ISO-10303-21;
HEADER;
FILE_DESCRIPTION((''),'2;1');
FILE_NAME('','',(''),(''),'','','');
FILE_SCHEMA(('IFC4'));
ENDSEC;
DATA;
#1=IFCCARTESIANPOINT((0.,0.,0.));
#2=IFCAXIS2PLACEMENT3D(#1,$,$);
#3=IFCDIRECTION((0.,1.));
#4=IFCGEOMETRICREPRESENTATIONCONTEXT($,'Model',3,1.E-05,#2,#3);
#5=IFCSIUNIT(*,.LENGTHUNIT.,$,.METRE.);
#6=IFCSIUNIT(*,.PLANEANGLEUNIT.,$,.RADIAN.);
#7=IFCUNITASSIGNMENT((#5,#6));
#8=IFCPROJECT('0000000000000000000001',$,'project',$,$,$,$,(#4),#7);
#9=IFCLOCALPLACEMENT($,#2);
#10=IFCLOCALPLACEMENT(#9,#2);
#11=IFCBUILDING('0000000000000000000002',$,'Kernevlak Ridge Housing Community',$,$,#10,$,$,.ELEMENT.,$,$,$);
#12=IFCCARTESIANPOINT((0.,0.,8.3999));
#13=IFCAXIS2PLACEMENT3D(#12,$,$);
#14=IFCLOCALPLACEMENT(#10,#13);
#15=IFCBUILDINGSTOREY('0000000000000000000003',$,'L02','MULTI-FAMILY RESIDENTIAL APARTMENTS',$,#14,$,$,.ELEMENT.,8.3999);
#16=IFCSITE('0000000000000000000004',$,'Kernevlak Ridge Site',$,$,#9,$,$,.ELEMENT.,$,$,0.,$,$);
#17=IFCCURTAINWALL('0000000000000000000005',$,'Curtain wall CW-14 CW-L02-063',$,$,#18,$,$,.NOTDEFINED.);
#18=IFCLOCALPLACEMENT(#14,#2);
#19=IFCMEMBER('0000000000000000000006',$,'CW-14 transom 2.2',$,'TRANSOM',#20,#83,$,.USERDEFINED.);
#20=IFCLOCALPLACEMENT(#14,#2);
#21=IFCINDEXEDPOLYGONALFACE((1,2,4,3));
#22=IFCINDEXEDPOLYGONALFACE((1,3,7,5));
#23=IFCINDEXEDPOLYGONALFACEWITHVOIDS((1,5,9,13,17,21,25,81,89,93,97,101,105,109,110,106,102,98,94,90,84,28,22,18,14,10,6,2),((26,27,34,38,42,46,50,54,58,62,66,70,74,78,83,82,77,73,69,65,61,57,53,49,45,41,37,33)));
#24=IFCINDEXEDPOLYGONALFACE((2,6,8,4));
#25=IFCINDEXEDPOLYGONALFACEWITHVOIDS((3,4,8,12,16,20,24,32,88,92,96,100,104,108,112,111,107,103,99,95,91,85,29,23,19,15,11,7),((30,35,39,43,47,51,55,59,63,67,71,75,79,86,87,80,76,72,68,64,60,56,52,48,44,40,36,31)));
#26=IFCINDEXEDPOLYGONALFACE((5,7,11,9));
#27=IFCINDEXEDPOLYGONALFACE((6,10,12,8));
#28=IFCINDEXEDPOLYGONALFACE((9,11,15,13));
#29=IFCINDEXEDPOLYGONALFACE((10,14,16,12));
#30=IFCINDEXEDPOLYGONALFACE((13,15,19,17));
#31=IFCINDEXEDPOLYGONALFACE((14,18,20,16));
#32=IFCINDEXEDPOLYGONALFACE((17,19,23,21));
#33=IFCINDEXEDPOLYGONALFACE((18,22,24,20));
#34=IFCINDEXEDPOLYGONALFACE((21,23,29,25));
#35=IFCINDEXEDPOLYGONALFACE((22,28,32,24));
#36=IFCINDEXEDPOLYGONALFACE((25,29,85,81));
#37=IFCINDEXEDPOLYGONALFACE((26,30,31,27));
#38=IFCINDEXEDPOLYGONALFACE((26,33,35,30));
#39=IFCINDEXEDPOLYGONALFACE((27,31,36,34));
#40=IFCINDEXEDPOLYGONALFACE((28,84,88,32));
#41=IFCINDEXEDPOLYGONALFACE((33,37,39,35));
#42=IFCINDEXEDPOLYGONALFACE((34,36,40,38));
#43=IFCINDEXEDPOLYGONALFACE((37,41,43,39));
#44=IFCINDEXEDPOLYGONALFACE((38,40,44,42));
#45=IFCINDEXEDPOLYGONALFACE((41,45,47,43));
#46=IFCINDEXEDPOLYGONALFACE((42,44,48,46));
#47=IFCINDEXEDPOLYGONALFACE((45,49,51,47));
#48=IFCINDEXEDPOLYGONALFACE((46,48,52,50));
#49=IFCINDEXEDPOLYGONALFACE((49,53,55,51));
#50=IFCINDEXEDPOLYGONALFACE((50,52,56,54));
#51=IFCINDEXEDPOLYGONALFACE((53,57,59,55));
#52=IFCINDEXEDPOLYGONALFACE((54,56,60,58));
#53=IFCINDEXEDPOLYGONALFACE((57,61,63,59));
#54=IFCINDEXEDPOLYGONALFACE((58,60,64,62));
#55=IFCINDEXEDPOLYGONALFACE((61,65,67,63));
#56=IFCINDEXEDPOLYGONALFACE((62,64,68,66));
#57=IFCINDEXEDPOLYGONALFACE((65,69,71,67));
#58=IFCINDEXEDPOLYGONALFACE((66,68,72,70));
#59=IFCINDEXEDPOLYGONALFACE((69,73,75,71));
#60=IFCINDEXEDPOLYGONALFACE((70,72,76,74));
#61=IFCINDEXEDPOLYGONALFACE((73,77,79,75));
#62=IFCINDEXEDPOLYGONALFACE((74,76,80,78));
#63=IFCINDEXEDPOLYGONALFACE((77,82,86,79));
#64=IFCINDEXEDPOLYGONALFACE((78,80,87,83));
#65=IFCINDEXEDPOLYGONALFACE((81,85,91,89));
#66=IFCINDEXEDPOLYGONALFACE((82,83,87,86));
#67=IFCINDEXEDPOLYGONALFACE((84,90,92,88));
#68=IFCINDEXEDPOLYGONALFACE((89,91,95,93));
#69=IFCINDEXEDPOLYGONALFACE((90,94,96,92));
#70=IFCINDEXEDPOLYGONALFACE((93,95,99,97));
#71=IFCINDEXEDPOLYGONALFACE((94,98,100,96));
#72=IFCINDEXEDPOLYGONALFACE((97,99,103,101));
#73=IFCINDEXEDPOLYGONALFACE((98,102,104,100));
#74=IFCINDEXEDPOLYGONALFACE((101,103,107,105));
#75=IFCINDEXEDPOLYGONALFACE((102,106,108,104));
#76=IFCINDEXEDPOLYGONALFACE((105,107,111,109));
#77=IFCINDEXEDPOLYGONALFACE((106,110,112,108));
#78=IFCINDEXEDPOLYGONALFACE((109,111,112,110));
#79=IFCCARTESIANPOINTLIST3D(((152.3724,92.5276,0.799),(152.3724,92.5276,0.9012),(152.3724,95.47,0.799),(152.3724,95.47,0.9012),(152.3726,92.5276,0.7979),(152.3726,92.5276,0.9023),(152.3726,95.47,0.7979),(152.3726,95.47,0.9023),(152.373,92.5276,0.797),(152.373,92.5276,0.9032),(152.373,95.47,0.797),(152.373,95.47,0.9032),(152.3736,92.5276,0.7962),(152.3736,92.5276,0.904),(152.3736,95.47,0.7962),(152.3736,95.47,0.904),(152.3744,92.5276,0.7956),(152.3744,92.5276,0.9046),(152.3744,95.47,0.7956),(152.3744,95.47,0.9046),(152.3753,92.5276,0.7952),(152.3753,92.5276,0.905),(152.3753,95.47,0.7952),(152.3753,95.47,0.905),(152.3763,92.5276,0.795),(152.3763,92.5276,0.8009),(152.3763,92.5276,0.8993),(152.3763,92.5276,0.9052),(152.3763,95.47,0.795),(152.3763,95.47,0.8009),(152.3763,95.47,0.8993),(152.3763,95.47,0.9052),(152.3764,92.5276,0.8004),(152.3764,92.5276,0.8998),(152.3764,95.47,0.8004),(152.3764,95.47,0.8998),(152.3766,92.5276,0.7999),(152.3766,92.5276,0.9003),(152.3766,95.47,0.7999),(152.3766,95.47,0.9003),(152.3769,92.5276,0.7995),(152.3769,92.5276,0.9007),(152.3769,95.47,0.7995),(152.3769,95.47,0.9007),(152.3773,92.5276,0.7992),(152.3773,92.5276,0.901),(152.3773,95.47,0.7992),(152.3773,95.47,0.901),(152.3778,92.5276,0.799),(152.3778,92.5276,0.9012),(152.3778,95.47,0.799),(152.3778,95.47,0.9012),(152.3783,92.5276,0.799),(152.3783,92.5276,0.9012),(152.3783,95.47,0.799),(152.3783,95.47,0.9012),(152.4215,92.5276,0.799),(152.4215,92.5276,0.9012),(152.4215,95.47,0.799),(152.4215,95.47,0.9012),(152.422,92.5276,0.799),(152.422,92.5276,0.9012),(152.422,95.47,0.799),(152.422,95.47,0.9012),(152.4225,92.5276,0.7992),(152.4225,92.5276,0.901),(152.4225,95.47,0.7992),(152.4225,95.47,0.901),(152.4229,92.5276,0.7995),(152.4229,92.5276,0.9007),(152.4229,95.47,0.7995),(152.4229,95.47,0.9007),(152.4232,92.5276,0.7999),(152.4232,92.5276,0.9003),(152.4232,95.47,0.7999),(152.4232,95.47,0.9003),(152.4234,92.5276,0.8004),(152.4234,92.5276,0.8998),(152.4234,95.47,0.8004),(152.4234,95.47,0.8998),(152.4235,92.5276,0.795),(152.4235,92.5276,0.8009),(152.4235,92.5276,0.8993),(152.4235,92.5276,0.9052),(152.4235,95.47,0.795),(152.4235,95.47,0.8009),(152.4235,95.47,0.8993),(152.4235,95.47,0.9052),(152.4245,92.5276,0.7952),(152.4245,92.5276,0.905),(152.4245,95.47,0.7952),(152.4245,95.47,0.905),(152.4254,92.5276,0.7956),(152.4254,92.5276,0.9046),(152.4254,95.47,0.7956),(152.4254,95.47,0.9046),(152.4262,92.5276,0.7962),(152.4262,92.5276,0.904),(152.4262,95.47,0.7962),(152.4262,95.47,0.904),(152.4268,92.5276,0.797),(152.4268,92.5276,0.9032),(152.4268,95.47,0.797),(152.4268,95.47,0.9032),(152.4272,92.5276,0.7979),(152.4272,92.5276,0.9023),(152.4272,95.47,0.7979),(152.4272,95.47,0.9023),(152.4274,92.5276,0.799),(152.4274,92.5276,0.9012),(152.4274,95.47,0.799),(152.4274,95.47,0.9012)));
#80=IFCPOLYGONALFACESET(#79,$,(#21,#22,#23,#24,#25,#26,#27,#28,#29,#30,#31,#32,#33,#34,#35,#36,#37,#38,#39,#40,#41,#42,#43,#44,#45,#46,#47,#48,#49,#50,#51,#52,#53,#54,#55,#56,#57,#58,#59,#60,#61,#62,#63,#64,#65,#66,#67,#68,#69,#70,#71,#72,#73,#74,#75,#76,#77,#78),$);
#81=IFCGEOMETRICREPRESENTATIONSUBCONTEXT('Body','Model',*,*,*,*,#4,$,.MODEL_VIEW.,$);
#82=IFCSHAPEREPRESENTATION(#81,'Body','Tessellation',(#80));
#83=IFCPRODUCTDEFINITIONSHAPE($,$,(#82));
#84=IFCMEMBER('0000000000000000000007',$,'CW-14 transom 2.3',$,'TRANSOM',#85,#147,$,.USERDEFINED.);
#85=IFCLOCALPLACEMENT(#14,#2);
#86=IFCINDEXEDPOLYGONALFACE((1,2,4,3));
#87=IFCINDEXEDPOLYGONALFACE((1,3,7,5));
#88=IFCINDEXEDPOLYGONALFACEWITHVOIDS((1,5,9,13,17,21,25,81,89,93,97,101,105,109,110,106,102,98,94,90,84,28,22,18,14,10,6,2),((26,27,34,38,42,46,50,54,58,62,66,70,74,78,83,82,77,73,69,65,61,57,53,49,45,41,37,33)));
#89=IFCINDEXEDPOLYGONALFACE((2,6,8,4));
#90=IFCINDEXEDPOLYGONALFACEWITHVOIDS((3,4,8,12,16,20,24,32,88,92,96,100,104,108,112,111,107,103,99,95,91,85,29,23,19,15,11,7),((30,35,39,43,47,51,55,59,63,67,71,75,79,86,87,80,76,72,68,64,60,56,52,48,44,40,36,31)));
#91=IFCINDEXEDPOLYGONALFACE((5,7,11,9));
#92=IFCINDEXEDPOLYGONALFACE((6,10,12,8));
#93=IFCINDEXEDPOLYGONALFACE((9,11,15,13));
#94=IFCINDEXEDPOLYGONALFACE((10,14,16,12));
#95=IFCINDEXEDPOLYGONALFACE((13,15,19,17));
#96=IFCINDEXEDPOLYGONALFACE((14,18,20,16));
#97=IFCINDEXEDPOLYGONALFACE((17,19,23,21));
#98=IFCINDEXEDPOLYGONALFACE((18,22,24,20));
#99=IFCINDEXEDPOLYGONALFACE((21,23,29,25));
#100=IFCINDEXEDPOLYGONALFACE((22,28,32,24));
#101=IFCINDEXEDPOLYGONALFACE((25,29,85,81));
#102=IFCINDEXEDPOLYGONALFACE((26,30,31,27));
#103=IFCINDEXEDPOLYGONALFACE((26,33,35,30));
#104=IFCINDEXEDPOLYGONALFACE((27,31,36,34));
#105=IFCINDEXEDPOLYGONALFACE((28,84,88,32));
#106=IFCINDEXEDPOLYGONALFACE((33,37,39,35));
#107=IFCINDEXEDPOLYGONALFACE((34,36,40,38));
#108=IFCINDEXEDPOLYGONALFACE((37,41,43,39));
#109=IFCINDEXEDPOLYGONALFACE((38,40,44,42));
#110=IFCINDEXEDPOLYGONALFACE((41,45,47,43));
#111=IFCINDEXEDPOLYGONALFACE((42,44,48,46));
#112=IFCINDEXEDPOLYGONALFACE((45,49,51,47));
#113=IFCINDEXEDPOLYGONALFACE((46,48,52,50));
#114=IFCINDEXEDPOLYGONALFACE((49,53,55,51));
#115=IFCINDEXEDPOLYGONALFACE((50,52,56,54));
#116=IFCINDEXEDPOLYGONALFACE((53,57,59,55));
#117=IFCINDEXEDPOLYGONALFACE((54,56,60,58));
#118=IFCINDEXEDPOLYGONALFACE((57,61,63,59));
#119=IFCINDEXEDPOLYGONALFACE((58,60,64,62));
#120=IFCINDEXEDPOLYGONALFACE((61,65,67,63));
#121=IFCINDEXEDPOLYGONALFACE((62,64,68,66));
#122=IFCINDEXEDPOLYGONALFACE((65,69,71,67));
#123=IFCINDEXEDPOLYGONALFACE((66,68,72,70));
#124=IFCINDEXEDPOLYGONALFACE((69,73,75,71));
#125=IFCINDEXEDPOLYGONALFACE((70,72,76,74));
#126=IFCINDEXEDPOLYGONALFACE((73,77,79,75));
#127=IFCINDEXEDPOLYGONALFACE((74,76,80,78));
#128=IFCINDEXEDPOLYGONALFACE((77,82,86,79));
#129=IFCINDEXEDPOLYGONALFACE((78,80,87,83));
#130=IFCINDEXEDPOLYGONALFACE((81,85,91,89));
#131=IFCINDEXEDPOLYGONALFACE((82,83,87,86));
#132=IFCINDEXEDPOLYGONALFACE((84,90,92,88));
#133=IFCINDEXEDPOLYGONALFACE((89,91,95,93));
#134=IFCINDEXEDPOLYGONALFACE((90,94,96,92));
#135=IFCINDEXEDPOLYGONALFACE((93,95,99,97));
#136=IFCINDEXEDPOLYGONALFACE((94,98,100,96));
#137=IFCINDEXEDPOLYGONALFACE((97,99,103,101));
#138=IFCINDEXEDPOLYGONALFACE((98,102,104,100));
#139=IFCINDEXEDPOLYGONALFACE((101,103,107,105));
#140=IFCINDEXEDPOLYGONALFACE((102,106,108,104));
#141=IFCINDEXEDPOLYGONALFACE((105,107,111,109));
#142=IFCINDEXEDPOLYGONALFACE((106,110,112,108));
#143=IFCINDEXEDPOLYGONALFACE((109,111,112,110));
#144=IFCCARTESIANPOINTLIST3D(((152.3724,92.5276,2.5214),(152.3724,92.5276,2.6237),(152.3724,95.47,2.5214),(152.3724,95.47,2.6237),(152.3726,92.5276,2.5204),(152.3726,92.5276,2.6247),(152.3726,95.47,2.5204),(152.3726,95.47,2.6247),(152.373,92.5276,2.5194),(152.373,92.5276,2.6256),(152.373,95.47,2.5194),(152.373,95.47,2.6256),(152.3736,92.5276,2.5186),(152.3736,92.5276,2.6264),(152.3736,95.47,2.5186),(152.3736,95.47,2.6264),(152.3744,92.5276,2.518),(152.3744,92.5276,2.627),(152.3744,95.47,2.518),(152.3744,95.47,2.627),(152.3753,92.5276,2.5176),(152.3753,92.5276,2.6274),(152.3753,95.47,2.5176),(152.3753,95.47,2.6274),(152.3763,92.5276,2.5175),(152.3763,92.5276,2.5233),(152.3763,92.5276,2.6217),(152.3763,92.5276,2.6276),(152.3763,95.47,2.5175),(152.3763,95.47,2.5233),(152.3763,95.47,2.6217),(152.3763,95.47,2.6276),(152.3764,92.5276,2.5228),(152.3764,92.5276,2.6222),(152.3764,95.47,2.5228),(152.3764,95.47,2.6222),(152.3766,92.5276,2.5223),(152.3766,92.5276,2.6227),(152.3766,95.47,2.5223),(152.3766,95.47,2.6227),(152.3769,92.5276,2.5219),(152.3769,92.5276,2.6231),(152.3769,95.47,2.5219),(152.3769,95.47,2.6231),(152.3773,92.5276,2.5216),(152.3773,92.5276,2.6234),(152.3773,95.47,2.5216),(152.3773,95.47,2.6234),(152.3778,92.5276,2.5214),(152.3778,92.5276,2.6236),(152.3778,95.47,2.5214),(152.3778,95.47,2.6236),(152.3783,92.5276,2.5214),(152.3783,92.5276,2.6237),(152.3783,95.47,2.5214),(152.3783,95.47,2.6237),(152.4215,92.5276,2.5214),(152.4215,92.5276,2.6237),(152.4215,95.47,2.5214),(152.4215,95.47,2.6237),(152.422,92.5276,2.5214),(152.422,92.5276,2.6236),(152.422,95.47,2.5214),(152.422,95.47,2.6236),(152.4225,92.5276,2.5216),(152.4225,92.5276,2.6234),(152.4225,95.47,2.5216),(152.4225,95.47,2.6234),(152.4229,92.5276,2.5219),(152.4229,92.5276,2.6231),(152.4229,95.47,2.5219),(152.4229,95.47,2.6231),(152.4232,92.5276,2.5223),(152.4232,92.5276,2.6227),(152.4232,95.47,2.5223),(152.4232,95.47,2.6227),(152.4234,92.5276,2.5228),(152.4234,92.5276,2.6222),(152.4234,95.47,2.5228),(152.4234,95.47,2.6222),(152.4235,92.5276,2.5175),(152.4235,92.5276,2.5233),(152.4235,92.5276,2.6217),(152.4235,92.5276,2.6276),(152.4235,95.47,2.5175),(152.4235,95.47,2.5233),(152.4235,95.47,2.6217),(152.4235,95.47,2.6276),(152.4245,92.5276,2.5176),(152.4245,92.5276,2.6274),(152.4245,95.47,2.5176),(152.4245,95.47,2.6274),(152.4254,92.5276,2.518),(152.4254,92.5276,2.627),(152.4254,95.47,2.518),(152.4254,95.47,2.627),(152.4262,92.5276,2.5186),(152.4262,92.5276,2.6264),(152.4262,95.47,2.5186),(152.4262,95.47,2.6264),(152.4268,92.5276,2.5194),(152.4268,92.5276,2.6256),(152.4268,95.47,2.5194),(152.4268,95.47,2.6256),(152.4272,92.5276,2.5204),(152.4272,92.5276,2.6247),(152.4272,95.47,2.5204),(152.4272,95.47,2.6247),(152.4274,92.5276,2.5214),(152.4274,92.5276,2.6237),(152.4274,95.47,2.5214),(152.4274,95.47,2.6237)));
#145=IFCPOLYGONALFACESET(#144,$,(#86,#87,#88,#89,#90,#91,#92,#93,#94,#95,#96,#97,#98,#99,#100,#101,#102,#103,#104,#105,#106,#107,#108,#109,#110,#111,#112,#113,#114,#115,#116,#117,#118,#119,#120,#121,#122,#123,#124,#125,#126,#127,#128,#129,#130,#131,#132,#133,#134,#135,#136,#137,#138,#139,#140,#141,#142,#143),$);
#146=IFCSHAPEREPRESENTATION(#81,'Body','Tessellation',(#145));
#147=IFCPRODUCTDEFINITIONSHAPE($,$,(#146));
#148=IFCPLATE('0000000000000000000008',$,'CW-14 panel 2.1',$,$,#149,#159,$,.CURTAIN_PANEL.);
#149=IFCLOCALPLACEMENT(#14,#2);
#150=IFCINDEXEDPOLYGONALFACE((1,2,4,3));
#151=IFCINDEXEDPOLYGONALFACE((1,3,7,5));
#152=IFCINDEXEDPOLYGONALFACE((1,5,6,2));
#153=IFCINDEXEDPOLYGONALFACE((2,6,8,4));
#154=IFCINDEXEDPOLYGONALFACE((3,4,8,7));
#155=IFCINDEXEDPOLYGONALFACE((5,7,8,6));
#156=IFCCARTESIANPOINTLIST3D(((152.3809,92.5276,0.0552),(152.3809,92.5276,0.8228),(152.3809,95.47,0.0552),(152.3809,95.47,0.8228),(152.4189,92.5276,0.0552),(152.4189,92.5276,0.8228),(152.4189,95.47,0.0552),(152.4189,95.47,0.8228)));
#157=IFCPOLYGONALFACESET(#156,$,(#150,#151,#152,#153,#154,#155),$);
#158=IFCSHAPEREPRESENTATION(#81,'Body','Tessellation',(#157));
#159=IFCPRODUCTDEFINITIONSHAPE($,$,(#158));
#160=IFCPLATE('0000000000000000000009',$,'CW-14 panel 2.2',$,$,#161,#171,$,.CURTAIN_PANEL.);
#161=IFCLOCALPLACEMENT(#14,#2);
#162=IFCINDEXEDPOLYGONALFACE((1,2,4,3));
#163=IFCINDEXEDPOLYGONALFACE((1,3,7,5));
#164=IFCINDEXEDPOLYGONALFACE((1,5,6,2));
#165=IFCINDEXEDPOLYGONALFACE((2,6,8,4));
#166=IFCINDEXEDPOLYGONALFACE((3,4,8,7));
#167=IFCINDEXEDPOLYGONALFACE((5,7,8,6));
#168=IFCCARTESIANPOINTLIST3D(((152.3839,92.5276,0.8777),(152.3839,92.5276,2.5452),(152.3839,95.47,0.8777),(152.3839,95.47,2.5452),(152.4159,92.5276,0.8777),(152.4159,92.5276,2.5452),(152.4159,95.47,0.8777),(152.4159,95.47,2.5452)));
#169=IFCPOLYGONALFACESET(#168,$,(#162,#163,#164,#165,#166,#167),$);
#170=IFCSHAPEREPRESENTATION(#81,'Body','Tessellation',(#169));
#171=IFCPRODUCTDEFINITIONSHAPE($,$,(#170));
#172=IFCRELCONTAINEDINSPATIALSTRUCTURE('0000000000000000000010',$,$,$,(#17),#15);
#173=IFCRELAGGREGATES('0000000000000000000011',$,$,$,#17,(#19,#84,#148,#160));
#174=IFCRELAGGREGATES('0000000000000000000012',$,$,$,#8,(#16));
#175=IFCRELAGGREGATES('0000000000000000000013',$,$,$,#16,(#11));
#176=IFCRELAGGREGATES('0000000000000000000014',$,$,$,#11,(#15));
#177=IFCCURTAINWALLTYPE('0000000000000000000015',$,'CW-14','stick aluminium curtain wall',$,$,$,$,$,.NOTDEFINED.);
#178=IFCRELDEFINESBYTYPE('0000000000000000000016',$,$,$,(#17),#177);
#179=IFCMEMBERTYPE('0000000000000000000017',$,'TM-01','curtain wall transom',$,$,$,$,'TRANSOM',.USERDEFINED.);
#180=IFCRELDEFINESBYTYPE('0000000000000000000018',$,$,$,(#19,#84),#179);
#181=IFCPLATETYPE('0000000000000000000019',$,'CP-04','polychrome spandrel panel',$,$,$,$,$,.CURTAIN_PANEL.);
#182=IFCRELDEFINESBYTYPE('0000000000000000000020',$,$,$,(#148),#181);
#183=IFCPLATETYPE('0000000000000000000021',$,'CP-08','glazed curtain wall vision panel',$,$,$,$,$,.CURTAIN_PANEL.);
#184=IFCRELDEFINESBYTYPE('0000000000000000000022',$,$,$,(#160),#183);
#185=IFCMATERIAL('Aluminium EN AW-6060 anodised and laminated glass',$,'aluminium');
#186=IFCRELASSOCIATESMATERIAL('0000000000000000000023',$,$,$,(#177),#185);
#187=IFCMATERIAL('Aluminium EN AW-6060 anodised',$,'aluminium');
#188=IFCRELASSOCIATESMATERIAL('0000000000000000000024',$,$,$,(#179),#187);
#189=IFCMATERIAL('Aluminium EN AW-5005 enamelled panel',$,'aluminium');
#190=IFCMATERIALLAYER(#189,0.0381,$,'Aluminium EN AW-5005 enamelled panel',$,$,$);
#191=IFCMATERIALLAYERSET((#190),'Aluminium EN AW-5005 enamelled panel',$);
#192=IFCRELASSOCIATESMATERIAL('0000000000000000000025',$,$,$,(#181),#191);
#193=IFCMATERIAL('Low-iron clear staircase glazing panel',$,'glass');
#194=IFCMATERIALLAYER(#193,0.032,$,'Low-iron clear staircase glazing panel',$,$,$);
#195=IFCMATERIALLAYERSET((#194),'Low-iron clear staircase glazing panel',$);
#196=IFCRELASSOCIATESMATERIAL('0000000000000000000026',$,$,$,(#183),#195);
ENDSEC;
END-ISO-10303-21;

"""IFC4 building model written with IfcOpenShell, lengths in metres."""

from ifc_helpers import new_model, si_unit, direction, frame, origin, origin_2d, place, context, subcontext, project, spatial, rectangle, hollow_rectangle, extrude, material, layer, layer_set, material_profile, profile_set, type_object, element, aggregate, save


model = new_model("IFC4")

# Units and contexts
model_context = context("Model", 3, precision=1e-05, world=origin(), true_north=direction((0.0, 1.0)))
body_context = subcontext(model_context, "Body", "Model", "MODEL_VIEW")
ifc_project = project(units=[si_unit("LENGTHUNIT", "METRE"), si_unit("PLANEANGLEUNIT", "RADIAN")], contexts=[model_context])

# Site, building, storey
site_placement = place(None, origin())
site = spatial("IfcSite", under=ifc_project, at=site_placement, Name="Kernevlak Ridge Site", CompositionType="ELEMENT", RefElevation=0.0)
building_placement = place(site_placement, origin())
building = spatial("IfcBuilding", under=site, at=building_placement, Name="Kernevlak Ridge Housing Community", CompositionType="ELEMENT")
storey_placement = place(building_placement, frame((0.0, 0.0, 8.3999)))
storey = spatial("IfcBuildingStorey", under=building, at=storey_placement, Name="L02", Description="MULTI-FAMILY RESIDENTIAL APARTMENTS", CompositionType="ELEMENT", Elevation=8.3999)

# Curtain wall
ifc_material_1 = material(Name="Aluminium EN AW-6060 anodised and laminated glass", Category="aluminium")
curtain_wall_type = type_object("IfcCurtainWallType", Name="CW-14", Description="stick aluminium curtain wall", PredefinedType="NOTDEFINED", material=ifc_material_1)
curtain_wall_placement = place(storey_placement, origin())
curtain_wall = element("IfcCurtainWall", 1, at=curtain_wall_placement, inside=storey, type_object=curtain_wall_type, Name="Curtain wall CW-14 CW-L02-063", PredefinedType="NOTDEFINED")
ifc_material_2 = material(Name="Aluminium EN AW-6060 anodised", Category="aluminium")

# Members
ifc_material_profile_1 = material_profile(ifc_material_2, hollow_rectangle(XDim=0.0549, YDim=0.1101, WallThickness=0.0039, InnerFilletRadius=0.002, OuterFilletRadius=0.0039, at=origin_2d()), Name="ALU 55x110x4")
ifc_profile_set_1 = profile_set([ifc_material_profile_1], Name="Aluminium EN AW-6060 anodised")
member_type_1 = type_object("IfcMemberType", Name="TM-01", Description="curtain wall transom", ElementType="TRANSOM", PredefinedType="USERDEFINED", material=ifc_profile_set_1)
member_1_placement = place(storey_placement, frame((152.3999, 92.5276, 0.8501), z_axis=(0.0, 1.0, 0.0), x_axis=(-1.0, 0.0, 0.0)))
member_1 = element("IfcMember", 2, at=member_1_placement, type_object=member_type_1, Name="CW-14 transom 2.2", ObjectType="TRANSOM", PredefinedType="USERDEFINED", context=body_context, shape_type="SweptSolid", body=[
    extrude(hollow_rectangle(XDim=0.0549, YDim=0.1101, WallThickness=0.0039, InnerFilletRadius=0.002, OuterFilletRadius=0.0039, at=origin_2d()), origin(), (0.0, 0.0, 1.0), 2.9424),
])
member_2_placement = place(storey_placement, frame((152.3999, 92.5276, 2.5725), z_axis=(0.0, 1.0, 0.0), x_axis=(-1.0, 0.0, 0.0)))
member_2 = element("IfcMember", 3, at=member_2_placement, type_object=member_type_1, Name="CW-14 transom 2.3", ObjectType="TRANSOM", PredefinedType="USERDEFINED", context=body_context, shape_type="SweptSolid", body=[
    extrude(hollow_rectangle(XDim=0.0549, YDim=0.1101, WallThickness=0.0039, InnerFilletRadius=0.002, OuterFilletRadius=0.0039, at=origin_2d()), origin(), (0.0, 0.0, 1.0), 2.9424),
])

# Plates
ifc_material_3 = material(Name="Aluminium EN AW-5005 enamelled panel", Category="aluminium")
ifc_layer_1 = layer(ifc_material_3, 0.0381, Name="Aluminium EN AW-5005 enamelled panel")
ifc_layer_set_1 = layer_set([ifc_layer_1], Name="Aluminium EN AW-5005 enamelled panel")
plate_type_1 = type_object("IfcPlateType", Name="CP-04", Description="polychrome spandrel panel", PredefinedType="CURTAIN_PANEL", material=ifc_layer_set_1)
plate_1_placement = place(storey_placement, frame((152.3999, 93.9988, 0.0552), z_axis=(0.0, 0.0, 1.0), x_axis=(0.0, 1.0, 0.0)))
plate_1 = element("IfcPlate", 4, at=plate_1_placement, type_object=plate_type_1, Name="CW-14 panel 2.1", PredefinedType="CURTAIN_PANEL", context=body_context, shape_type="SweptSolid", body=[
    extrude(rectangle(XDim=2.9424, YDim=0.0381, at=origin_2d()), origin(), (0.0, 0.0, 1.0), 0.7676),
])
ifc_material_4 = material(Name="Low-iron clear staircase glazing panel", Category="glass")
ifc_layer_2 = layer(ifc_material_4, 0.032, Name="Low-iron clear staircase glazing panel")
ifc_layer_set_2 = layer_set([ifc_layer_2], Name="Low-iron clear staircase glazing panel")
plate_type_2 = type_object("IfcPlateType", Name="CP-08", Description="glazed curtain wall vision panel", PredefinedType="CURTAIN_PANEL", material=ifc_layer_set_2)
plate_2_placement = place(storey_placement, frame((152.3999, 93.9988, 0.8777), z_axis=(0.0, 0.0, 1.0), x_axis=(0.0, 1.0, 0.0)))
plate_2 = element("IfcPlate", 5, at=plate_2_placement, type_object=plate_type_2, Name="CW-14 panel 2.2", PredefinedType="CURTAIN_PANEL", context=body_context, shape_type="SweptSolid", body=[
    extrude(rectangle(XDim=2.9424, YDim=0.032, at=origin_2d()), origin(), (0.0, 0.0, 1.0), 1.6675),
])
aggregate(curtain_wall, [member_1, member_2, plate_1, plate_2])

save(model, "model.ifc")
